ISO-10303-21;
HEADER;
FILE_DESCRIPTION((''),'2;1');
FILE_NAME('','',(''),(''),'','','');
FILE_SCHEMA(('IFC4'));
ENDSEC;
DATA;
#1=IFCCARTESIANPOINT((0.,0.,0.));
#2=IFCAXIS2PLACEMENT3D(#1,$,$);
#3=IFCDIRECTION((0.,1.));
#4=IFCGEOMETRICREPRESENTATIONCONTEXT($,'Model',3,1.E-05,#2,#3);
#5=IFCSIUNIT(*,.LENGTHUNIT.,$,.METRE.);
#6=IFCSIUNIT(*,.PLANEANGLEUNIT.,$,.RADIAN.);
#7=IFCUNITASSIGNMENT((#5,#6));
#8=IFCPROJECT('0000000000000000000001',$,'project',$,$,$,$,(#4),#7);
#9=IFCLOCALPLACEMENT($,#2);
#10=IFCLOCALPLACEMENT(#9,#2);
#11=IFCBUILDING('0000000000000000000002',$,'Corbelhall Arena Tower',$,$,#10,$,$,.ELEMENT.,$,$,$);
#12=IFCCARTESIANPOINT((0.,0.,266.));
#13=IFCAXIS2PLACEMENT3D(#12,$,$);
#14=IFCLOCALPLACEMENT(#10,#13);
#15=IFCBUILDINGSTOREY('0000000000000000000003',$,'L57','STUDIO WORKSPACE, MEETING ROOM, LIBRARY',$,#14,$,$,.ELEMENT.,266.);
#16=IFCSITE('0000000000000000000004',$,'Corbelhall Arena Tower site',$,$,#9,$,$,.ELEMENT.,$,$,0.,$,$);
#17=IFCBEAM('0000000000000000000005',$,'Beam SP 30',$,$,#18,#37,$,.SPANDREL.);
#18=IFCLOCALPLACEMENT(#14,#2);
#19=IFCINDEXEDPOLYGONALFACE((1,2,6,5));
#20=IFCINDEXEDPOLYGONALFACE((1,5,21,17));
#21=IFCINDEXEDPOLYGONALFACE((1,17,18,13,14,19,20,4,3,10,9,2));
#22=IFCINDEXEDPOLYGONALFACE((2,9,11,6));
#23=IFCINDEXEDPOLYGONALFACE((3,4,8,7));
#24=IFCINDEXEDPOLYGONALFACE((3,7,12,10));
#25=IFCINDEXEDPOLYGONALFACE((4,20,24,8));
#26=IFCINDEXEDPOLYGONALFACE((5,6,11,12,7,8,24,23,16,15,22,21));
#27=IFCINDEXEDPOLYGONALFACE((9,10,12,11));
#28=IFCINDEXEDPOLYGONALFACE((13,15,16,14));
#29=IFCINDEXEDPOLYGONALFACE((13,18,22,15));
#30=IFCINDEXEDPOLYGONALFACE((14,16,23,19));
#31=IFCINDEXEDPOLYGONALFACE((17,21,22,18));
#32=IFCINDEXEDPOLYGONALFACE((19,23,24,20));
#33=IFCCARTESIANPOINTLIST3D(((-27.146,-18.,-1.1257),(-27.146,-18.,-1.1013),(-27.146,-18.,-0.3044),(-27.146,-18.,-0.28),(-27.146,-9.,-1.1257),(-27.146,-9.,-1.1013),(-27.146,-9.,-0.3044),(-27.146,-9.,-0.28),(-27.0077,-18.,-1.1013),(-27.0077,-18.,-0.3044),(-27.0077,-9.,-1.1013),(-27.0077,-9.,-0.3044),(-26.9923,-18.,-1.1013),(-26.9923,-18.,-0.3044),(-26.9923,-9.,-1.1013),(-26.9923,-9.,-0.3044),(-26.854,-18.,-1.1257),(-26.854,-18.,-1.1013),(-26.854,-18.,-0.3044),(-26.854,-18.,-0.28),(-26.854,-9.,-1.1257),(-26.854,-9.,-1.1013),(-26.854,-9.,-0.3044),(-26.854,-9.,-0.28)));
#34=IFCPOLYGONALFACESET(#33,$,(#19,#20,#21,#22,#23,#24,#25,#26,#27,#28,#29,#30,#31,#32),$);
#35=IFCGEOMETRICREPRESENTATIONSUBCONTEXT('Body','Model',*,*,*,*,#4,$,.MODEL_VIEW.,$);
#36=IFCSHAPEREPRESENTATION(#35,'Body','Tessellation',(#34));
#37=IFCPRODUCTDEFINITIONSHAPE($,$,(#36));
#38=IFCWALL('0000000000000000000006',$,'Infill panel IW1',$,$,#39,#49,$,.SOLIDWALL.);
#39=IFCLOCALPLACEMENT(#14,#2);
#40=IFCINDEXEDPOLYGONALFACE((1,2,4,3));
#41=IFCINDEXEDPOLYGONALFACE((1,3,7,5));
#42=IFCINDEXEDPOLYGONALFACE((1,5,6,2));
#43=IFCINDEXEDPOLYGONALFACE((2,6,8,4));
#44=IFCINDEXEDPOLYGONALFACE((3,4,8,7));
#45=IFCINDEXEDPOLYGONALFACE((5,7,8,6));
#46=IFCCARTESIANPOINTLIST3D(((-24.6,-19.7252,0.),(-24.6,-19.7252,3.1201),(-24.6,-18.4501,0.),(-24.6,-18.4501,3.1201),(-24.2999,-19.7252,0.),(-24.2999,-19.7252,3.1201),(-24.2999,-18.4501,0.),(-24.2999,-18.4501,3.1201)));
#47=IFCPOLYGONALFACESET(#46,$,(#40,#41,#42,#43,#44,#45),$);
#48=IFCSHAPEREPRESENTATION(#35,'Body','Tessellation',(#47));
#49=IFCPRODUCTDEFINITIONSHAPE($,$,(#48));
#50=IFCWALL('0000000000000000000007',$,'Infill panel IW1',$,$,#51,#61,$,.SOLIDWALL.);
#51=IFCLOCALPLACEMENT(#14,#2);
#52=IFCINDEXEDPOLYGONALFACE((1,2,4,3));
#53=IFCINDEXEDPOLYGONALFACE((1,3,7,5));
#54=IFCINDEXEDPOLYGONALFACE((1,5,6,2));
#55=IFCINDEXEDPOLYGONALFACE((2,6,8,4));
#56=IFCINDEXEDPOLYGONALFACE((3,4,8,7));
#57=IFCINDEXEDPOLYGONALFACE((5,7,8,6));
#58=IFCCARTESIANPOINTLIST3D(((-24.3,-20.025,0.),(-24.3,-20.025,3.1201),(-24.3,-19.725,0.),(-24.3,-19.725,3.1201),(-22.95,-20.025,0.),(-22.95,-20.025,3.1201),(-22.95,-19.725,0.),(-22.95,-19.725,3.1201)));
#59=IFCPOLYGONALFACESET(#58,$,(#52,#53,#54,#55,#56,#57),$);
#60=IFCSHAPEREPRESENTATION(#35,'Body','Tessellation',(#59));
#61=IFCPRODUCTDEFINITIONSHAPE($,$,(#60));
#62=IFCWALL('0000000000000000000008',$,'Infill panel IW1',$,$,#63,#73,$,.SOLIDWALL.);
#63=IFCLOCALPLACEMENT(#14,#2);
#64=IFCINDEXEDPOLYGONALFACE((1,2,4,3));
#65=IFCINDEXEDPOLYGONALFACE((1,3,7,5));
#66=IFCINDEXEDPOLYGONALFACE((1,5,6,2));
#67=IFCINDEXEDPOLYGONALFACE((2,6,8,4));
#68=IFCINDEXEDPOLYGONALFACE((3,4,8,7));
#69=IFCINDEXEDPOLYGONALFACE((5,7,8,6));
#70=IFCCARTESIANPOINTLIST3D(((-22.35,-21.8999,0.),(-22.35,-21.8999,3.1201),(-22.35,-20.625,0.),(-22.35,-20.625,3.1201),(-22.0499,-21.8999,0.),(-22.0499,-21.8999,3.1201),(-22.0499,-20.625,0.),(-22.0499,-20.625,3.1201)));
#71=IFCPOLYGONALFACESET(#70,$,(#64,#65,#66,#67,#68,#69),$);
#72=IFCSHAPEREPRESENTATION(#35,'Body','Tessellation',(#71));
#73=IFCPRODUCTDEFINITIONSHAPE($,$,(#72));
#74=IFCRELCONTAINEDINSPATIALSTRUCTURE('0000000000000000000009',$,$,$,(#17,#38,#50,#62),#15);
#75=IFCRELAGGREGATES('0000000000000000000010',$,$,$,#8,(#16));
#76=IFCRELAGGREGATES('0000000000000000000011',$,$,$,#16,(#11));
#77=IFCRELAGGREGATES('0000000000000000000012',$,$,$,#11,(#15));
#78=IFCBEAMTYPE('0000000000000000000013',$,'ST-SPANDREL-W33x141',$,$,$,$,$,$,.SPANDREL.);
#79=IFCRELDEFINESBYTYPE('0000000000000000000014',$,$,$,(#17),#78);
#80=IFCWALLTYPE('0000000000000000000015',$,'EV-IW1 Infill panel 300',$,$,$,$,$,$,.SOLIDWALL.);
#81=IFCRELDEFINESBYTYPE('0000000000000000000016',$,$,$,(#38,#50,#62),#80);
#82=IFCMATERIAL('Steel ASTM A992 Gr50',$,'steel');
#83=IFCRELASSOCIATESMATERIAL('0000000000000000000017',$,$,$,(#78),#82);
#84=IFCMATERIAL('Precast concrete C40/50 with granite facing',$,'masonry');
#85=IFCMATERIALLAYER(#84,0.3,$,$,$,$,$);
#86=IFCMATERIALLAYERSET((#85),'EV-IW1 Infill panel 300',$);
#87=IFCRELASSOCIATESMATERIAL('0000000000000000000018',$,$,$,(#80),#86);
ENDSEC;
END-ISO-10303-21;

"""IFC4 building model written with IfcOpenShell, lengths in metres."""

from ifc_helpers import new_model, si_unit, direction, frame, frame_2d, origin, origin_2d, place, context, subcontext, project, spatial, rectangle, i_section, extrude, material, layer, layer_set, material_profile, profile_set, type_object, element, save


model = new_model("IFC4")

# Units and contexts
model_context = context("Model", 3, precision=1e-05, world=origin(), true_north=direction((0.0, 1.0)))
body_context = subcontext(model_context, "Body", "Model", "MODEL_VIEW")
ifc_project = project(units=[si_unit("LENGTHUNIT", "METRE"), si_unit("PLANEANGLEUNIT", "RADIAN")], contexts=[model_context])

# Site, building, storey
site_placement = place(None, origin())
site = spatial("IfcSite", under=ifc_project, at=site_placement, Name="Corbelhall Arena Tower site", CompositionType="ELEMENT", RefElevation=0.0)
building_placement = place(site_placement, origin())
building = spatial("IfcBuilding", under=site, at=building_placement, Name="Corbelhall Arena Tower", CompositionType="ELEMENT")
storey_placement = place(building_placement, frame((0.0, 0.0, 266.0)))
storey = spatial("IfcBuildingStorey", under=building, at=storey_placement, Name="L57", Description="STUDIO WORKSPACE, MEETING ROOM, LIBRARY", CompositionType="ELEMENT", Elevation=266.0)

# Beam
ifc_material_1 = material(Name="Steel ASTM A992 Gr50", Category="steel")
ifc_material_profile_1 = material_profile(ifc_material_1, i_section(OverallWidth=0.292, OverallDepth=0.8457, WebThickness=0.0154, FlangeThickness=0.0244, at=origin_2d()))
ifc_profile_set_1 = profile_set([ifc_material_profile_1], Name="Steel ASTM A992 Gr50")
beam_type_1 = type_object("IfcBeamType", Name="ST-SPANDREL-W33x141", PredefinedType="SPANDREL", material=ifc_profile_set_1)
beam_1_placement = place(storey_placement, frame((-27.0, -18.0, -0.7029), z_axis=(0.0, 1.0, 0.0), x_axis=(-1.0, 0.0, 0.0)))
element("IfcBeam", 1, at=beam_1_placement, inside=storey, type_object=beam_type_1, Name="Beam SP 30", PredefinedType="SPANDREL", context=body_context, shape_type="SweptSolid", body=[
    extrude(i_section(OverallWidth=0.292, OverallDepth=0.8457, WebThickness=0.0154, FlangeThickness=0.0244, at=origin_2d()), origin(), (0.0, 0.0, 1.0), 9.0),
])

# Walls
ifc_material_2 = material(Name="Precast concrete C40/50 with granite facing", Category="masonry")
ifc_layer_1 = layer(ifc_material_2, 0.3)
ifc_layer_set_1 = layer_set([ifc_layer_1], Name="EV-IW1 Infill panel 300")
wall_type_1 = type_object("IfcWallType", Name="EV-IW1 Infill panel 300", PredefinedType="SOLIDWALL", material=ifc_layer_set_1)
wall_1_placement = place(storey_placement, frame((-24.45, -18.45, 0.0), z_axis=(0.0, 0.0, 1.0), x_axis=(0.0, -1.0, 0.0)))
element("IfcWall", 2, at=wall_1_placement, inside=storey, type_object=wall_type_1, Name="Infill panel IW1", PredefinedType="SOLIDWALL", context=body_context, shape_type="SweptSolid", body=[
    extrude(rectangle(XDim=1.2751, YDim=0.3, at=frame_2d((0.6377, 0.0))), origin(), (0.0, 0.0, 1.0), 3.1201),
])
wall_2_placement = place(storey_placement, frame((-24.3, -19.875, 0.0), z_axis=(0.0, 0.0, 1.0), x_axis=(1.0, 0.0, 0.0)))
element("IfcWall", 3, at=wall_2_placement, inside=storey, type_object=wall_type_1, Name="Infill panel IW1", PredefinedType="SOLIDWALL", context=body_context, shape_type="SweptSolid", body=[
    extrude(rectangle(XDim=1.3501, YDim=0.3, at=frame_2d((0.675, 0.0))), origin(), (0.0, 0.0, 1.0), 3.1201),
])
wall_3_placement = place(storey_placement, frame((-22.2, -20.625, 0.0), z_axis=(0.0, 0.0, 1.0), x_axis=(0.0, -1.0, 0.0)))
element("IfcWall", 4, at=wall_3_placement, inside=storey, type_object=wall_type_1, Name="Infill panel IW1", PredefinedType="SOLIDWALL", context=body_context, shape_type="SweptSolid", body=[
    extrude(rectangle(XDim=1.2749, YDim=0.3, at=frame_2d((0.6375, 0.0))), origin(), (0.0, 0.0, 1.0), 3.1201),
])

save(model, "model.ifc")
